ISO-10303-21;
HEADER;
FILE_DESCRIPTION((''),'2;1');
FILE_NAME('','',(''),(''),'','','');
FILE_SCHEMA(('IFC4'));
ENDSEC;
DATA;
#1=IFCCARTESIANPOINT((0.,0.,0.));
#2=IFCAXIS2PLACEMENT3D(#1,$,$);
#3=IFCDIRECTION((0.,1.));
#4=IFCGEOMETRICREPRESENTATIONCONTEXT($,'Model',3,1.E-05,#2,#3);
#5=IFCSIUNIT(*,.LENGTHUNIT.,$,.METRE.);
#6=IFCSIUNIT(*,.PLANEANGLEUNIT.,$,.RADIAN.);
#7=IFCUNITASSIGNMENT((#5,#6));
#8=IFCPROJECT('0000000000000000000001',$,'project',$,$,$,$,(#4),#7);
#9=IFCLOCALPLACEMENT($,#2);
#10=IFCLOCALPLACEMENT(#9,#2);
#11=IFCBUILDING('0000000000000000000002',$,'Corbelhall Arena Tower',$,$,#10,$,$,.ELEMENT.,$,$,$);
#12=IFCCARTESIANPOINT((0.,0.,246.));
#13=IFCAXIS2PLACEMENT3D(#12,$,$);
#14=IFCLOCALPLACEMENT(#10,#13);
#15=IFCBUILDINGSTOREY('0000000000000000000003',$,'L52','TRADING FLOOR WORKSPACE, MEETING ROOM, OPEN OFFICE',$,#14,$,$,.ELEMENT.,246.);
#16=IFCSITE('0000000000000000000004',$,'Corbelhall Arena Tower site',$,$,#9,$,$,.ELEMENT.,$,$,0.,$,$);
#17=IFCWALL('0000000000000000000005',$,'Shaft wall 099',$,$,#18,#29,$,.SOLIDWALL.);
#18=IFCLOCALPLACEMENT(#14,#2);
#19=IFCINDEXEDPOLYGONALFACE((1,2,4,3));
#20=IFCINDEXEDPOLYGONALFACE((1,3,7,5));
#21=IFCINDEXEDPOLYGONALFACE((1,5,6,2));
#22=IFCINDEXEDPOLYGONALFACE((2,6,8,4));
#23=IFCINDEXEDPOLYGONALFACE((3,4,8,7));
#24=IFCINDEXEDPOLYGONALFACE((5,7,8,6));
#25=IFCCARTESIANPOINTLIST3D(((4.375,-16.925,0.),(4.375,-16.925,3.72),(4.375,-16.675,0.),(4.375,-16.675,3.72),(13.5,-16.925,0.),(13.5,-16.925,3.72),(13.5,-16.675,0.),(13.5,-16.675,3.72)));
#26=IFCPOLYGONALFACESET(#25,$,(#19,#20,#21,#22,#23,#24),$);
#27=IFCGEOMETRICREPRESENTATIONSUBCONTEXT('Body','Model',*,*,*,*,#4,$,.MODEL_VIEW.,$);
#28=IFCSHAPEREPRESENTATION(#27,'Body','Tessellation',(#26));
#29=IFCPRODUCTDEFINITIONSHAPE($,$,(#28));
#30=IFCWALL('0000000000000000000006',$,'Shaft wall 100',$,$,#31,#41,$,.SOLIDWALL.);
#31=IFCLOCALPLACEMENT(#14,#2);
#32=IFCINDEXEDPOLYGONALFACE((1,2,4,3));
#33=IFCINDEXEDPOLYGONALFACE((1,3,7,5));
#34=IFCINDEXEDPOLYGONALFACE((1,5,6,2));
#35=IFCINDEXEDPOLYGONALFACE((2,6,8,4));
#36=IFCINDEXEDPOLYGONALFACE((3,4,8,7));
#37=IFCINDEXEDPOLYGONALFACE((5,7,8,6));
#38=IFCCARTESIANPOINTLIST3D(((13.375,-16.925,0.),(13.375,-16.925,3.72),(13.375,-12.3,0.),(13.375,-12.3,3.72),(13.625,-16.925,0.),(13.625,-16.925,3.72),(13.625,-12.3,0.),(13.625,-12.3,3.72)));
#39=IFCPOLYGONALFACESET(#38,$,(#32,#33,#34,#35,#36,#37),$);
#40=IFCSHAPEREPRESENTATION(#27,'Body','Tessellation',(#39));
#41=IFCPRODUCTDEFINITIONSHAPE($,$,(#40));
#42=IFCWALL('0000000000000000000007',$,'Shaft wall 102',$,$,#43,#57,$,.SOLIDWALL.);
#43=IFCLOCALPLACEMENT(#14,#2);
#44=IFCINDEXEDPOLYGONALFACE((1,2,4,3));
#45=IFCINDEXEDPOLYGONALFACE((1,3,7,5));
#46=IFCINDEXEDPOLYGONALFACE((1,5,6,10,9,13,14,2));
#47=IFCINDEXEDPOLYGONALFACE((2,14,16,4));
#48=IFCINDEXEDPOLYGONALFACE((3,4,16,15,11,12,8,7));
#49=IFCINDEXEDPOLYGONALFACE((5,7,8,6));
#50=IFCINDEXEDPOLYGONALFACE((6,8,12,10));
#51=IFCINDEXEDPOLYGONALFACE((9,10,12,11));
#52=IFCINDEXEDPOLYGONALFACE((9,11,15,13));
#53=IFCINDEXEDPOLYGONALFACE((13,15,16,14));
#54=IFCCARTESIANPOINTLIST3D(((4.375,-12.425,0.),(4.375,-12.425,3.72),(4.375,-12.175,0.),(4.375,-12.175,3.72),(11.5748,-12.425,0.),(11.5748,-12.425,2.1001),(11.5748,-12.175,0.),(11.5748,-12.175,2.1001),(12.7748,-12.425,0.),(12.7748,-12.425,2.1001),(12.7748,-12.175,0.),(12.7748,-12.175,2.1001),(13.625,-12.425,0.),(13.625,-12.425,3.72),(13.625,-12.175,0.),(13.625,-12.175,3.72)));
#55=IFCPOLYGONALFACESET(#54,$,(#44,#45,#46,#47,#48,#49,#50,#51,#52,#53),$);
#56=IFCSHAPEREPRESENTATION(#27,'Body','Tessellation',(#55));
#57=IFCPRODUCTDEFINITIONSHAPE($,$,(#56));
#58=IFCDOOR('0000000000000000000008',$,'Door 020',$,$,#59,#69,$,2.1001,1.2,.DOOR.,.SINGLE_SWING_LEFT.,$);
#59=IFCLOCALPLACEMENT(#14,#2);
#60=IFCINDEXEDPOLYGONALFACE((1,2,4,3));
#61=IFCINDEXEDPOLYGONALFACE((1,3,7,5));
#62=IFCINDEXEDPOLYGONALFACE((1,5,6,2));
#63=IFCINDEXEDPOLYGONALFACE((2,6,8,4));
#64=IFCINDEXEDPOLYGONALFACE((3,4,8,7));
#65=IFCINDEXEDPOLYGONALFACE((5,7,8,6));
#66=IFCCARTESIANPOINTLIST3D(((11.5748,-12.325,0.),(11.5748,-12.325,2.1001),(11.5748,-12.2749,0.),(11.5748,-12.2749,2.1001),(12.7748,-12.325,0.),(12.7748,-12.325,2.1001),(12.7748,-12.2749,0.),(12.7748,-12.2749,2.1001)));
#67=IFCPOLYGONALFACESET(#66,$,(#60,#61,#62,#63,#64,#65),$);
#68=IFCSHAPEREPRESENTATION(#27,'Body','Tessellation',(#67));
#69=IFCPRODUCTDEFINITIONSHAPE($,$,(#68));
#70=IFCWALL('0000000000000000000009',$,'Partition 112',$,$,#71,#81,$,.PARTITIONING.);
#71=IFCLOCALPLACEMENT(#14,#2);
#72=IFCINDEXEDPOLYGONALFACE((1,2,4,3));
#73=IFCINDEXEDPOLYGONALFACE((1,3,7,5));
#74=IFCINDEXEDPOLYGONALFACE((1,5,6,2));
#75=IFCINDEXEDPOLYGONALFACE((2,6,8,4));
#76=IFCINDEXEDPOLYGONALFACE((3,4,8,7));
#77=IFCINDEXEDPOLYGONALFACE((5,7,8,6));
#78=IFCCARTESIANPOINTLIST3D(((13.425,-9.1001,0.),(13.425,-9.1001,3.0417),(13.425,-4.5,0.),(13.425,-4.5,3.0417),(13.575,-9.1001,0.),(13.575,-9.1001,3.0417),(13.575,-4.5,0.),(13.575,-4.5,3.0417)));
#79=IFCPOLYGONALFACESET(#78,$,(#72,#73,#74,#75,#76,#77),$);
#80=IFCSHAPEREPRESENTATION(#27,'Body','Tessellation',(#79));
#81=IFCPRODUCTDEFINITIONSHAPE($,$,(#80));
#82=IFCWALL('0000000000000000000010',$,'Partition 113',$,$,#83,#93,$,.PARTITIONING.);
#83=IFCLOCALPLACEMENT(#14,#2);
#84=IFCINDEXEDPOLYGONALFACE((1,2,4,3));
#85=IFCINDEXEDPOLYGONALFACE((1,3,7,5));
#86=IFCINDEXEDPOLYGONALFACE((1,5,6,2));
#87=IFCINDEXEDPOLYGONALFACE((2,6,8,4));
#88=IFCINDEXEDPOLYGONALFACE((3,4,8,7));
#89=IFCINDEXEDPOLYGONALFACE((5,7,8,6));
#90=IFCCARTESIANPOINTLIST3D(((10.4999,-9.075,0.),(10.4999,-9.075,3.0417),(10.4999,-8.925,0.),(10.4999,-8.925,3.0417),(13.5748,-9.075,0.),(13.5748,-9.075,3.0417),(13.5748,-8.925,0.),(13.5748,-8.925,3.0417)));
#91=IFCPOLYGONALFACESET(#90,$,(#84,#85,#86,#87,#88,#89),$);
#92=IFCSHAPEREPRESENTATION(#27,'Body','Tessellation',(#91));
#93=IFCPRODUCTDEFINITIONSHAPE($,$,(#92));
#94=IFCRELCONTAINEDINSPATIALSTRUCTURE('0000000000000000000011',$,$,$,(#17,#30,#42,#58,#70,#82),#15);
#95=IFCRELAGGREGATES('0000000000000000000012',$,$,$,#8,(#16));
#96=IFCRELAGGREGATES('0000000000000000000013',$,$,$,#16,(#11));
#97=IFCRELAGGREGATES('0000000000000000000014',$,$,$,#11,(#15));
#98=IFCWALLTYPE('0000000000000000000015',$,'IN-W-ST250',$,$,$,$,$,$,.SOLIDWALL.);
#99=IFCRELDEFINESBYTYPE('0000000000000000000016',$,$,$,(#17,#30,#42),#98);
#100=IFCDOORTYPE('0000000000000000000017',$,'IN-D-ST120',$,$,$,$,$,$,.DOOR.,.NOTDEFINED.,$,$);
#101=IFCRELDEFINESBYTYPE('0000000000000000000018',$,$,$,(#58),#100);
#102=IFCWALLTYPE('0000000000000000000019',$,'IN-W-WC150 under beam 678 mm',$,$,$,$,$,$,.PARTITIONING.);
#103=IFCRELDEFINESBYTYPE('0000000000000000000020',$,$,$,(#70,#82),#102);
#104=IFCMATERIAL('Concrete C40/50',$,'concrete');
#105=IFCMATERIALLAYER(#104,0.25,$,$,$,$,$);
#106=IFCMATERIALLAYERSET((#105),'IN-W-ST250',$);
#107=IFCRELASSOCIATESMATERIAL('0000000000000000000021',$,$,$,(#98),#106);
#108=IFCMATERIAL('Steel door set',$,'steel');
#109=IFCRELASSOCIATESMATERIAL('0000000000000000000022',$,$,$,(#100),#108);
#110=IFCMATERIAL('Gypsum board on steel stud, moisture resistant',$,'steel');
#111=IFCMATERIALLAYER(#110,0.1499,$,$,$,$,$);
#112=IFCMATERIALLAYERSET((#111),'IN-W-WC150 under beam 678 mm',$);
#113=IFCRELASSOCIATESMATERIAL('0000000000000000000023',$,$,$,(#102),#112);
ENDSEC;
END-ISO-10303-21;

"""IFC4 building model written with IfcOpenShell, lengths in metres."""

from ifc_helpers import new_model, si_unit, direction, frame, frame_2d, origin, place, context, subcontext, project, spatial, rectangle, extrude, material, layer, layer_set, type_object, element, fill, save


model = new_model("IFC4")

# Units and contexts
model_context = context("Model", 3, precision=1e-05, world=origin(), true_north=direction((0.0, 1.0)))
body_context = subcontext(model_context, "Body", "Model", "MODEL_VIEW")
ifc_project = project(units=[si_unit("LENGTHUNIT", "METRE"), si_unit("PLANEANGLEUNIT", "RADIAN")], contexts=[model_context])

# Site, building, storey
site_placement = place(None, origin())
site = spatial("IfcSite", under=ifc_project, at=site_placement, Name="Corbelhall Arena Tower site", CompositionType="ELEMENT", RefElevation=0.0)
building_placement = place(site_placement, origin())
building = spatial("IfcBuilding", under=site, at=building_placement, Name="Corbelhall Arena Tower", CompositionType="ELEMENT")
storey_placement = place(building_placement, frame((0.0, 0.0, 246.0)))
storey = spatial("IfcBuildingStorey", under=building, at=storey_placement, Name="L52", Description="TRADING FLOOR WORKSPACE, MEETING ROOM, OPEN OFFICE", CompositionType="ELEMENT", Elevation=246.0)

# Shared definitions
ifc_material_1 = material(Name="Steel door set", Category="steel")

# Walls
ifc_material_2 = material(Name="Concrete C40/50", Category="concrete")
ifc_layer_1 = layer(ifc_material_2, 0.25)
ifc_layer_set_1 = layer_set([ifc_layer_1], Name="IN-W-ST250")
wall_type_1 = type_object("IfcWallType", Name="IN-W-ST250", PredefinedType="SOLIDWALL", material=ifc_layer_set_1)
wall_1_placement = place(storey_placement, frame((13.5, -16.8, 0.0), z_axis=(0.0, 0.0, 1.0), x_axis=(-1.0, 0.0, 0.0)))
element("IfcWall", 1, at=wall_1_placement, inside=storey, type_object=wall_type_1, Name="Shaft wall 099", PredefinedType="SOLIDWALL", context=body_context, shape_type="SweptSolid", body=[
    extrude(rectangle(XDim=9.125, YDim=0.25, at=frame_2d((4.5625, 0.0))), origin(), (0.0, 0.0, 1.0), 3.72),
])
wall_2_placement = place(storey_placement, frame((13.5, -12.3, 0.0), z_axis=(0.0, 0.0, 1.0), x_axis=(0.0, -1.0, 0.0)))
element("IfcWall", 2, at=wall_2_placement, inside=storey, type_object=wall_type_1, Name="Shaft wall 100", PredefinedType="SOLIDWALL", context=body_context, shape_type="SweptSolid", body=[
    extrude(rectangle(XDim=4.625, YDim=0.25, at=frame_2d((2.3125, 0.0))), origin(), (0.0, 0.0, 1.0), 3.72),
])

# Wall, opening, door
wall_3_placement = place(storey_placement, frame((13.625, -12.3, 0.0), z_axis=(0.0, 0.0, 1.0), x_axis=(-1.0, 0.0, 0.0)))
wall_3 = element("IfcWall", 3, at=wall_3_placement, inside=storey, type_object=wall_type_1, Name="Shaft wall 102", PredefinedType="SOLIDWALL", context=body_context, shape_type="SweptSolid", body=[
    extrude(rectangle(XDim=9.25, YDim=0.25, at=frame_2d((4.625, 0.0))), origin(), (0.0, 0.0, 1.0), 3.72),
])
opening_1_placement = place(wall_3_placement, frame((0.8501, 0.0, 0.0)))
opening_1 = element("IfcOpeningElement", 4, at=opening_1_placement, cuts=wall_3, PredefinedType="OPENING", context=body_context, shape_type="SweptSolid", body=[
    extrude(rectangle(XDim=1.2, YDim=2.1001, at=frame_2d((0.6001, 1.05))), frame((0.0, 0.125, 0.0), z_axis=(0.0, -1.0, 0.0), x_axis=(1.0, 0.0, 0.0)), (0.0, 0.0, 1.0), 0.25),
])
door_type_1 = type_object("IfcDoorType", Name="IN-D-ST120", OperationType="NOTDEFINED", PredefinedType="DOOR", material=ifc_material_1)
door_1_placement = place(opening_1_placement, origin())
door_1 = element("IfcDoor", 5, at=door_1_placement, inside=storey, type_object=door_type_1, Name="Door 020", OperationType="SINGLE_SWING_LEFT", OverallHeight=2.1001, OverallWidth=1.2, PredefinedType="DOOR", context=body_context, shape_type="SweptSolid", body=[
    extrude(rectangle(XDim=1.2, YDim=2.1001, at=frame_2d((0.6001, 1.05))), frame((0.0, 0.0249, 0.0), z_axis=(0.0, -1.0, 0.0), x_axis=(1.0, 0.0, 0.0)), (0.0, 0.0, 1.0), 0.05),
])
fill(opening_1, door_1)

# Walls
ifc_material_3 = material(Name="Gypsum board on steel stud, moisture resistant", Category="steel")
ifc_layer_2 = layer(ifc_material_3, 0.1499)
ifc_layer_set_2 = layer_set([ifc_layer_2], Name="IN-W-WC150 under beam 678 mm")
wall_type_2 = type_object("IfcWallType", Name="IN-W-WC150 under beam 678 mm", PredefinedType="PARTITIONING", material=ifc_layer_set_2)
wall_4_placement = place(storey_placement, frame((13.5, -4.5, 0.0), z_axis=(0.0, 0.0, 1.0), x_axis=(0.0, -1.0, 0.0)))
element("IfcWall", 6, at=wall_4_placement, inside=storey, type_object=wall_type_2, Name="Partition 112", PredefinedType="PARTITIONING", context=body_context, shape_type="SweptSolid", body=[
    extrude(rectangle(XDim=4.6001, YDim=0.1499, at=frame_2d((2.3, 0.0))), origin(), (0.0, 0.0, 1.0), 3.0417),
])
wall_5_placement = place(storey_placement, frame((13.575, -9.0, 0.0), z_axis=(0.0, 0.0, 1.0), x_axis=(-1.0, 0.0, 0.0)))
element("IfcWall", 7, at=wall_5_placement, inside=storey, type_object=wall_type_2, Name="Partition 113", PredefinedType="PARTITIONING", context=body_context, shape_type="SweptSolid", body=[
    extrude(rectangle(XDim=3.075, YDim=0.1499, at=frame_2d((1.5376, 0.0))), origin(), (0.0, 0.0, 1.0), 3.0417),
])

save(model, "model.ifc")
